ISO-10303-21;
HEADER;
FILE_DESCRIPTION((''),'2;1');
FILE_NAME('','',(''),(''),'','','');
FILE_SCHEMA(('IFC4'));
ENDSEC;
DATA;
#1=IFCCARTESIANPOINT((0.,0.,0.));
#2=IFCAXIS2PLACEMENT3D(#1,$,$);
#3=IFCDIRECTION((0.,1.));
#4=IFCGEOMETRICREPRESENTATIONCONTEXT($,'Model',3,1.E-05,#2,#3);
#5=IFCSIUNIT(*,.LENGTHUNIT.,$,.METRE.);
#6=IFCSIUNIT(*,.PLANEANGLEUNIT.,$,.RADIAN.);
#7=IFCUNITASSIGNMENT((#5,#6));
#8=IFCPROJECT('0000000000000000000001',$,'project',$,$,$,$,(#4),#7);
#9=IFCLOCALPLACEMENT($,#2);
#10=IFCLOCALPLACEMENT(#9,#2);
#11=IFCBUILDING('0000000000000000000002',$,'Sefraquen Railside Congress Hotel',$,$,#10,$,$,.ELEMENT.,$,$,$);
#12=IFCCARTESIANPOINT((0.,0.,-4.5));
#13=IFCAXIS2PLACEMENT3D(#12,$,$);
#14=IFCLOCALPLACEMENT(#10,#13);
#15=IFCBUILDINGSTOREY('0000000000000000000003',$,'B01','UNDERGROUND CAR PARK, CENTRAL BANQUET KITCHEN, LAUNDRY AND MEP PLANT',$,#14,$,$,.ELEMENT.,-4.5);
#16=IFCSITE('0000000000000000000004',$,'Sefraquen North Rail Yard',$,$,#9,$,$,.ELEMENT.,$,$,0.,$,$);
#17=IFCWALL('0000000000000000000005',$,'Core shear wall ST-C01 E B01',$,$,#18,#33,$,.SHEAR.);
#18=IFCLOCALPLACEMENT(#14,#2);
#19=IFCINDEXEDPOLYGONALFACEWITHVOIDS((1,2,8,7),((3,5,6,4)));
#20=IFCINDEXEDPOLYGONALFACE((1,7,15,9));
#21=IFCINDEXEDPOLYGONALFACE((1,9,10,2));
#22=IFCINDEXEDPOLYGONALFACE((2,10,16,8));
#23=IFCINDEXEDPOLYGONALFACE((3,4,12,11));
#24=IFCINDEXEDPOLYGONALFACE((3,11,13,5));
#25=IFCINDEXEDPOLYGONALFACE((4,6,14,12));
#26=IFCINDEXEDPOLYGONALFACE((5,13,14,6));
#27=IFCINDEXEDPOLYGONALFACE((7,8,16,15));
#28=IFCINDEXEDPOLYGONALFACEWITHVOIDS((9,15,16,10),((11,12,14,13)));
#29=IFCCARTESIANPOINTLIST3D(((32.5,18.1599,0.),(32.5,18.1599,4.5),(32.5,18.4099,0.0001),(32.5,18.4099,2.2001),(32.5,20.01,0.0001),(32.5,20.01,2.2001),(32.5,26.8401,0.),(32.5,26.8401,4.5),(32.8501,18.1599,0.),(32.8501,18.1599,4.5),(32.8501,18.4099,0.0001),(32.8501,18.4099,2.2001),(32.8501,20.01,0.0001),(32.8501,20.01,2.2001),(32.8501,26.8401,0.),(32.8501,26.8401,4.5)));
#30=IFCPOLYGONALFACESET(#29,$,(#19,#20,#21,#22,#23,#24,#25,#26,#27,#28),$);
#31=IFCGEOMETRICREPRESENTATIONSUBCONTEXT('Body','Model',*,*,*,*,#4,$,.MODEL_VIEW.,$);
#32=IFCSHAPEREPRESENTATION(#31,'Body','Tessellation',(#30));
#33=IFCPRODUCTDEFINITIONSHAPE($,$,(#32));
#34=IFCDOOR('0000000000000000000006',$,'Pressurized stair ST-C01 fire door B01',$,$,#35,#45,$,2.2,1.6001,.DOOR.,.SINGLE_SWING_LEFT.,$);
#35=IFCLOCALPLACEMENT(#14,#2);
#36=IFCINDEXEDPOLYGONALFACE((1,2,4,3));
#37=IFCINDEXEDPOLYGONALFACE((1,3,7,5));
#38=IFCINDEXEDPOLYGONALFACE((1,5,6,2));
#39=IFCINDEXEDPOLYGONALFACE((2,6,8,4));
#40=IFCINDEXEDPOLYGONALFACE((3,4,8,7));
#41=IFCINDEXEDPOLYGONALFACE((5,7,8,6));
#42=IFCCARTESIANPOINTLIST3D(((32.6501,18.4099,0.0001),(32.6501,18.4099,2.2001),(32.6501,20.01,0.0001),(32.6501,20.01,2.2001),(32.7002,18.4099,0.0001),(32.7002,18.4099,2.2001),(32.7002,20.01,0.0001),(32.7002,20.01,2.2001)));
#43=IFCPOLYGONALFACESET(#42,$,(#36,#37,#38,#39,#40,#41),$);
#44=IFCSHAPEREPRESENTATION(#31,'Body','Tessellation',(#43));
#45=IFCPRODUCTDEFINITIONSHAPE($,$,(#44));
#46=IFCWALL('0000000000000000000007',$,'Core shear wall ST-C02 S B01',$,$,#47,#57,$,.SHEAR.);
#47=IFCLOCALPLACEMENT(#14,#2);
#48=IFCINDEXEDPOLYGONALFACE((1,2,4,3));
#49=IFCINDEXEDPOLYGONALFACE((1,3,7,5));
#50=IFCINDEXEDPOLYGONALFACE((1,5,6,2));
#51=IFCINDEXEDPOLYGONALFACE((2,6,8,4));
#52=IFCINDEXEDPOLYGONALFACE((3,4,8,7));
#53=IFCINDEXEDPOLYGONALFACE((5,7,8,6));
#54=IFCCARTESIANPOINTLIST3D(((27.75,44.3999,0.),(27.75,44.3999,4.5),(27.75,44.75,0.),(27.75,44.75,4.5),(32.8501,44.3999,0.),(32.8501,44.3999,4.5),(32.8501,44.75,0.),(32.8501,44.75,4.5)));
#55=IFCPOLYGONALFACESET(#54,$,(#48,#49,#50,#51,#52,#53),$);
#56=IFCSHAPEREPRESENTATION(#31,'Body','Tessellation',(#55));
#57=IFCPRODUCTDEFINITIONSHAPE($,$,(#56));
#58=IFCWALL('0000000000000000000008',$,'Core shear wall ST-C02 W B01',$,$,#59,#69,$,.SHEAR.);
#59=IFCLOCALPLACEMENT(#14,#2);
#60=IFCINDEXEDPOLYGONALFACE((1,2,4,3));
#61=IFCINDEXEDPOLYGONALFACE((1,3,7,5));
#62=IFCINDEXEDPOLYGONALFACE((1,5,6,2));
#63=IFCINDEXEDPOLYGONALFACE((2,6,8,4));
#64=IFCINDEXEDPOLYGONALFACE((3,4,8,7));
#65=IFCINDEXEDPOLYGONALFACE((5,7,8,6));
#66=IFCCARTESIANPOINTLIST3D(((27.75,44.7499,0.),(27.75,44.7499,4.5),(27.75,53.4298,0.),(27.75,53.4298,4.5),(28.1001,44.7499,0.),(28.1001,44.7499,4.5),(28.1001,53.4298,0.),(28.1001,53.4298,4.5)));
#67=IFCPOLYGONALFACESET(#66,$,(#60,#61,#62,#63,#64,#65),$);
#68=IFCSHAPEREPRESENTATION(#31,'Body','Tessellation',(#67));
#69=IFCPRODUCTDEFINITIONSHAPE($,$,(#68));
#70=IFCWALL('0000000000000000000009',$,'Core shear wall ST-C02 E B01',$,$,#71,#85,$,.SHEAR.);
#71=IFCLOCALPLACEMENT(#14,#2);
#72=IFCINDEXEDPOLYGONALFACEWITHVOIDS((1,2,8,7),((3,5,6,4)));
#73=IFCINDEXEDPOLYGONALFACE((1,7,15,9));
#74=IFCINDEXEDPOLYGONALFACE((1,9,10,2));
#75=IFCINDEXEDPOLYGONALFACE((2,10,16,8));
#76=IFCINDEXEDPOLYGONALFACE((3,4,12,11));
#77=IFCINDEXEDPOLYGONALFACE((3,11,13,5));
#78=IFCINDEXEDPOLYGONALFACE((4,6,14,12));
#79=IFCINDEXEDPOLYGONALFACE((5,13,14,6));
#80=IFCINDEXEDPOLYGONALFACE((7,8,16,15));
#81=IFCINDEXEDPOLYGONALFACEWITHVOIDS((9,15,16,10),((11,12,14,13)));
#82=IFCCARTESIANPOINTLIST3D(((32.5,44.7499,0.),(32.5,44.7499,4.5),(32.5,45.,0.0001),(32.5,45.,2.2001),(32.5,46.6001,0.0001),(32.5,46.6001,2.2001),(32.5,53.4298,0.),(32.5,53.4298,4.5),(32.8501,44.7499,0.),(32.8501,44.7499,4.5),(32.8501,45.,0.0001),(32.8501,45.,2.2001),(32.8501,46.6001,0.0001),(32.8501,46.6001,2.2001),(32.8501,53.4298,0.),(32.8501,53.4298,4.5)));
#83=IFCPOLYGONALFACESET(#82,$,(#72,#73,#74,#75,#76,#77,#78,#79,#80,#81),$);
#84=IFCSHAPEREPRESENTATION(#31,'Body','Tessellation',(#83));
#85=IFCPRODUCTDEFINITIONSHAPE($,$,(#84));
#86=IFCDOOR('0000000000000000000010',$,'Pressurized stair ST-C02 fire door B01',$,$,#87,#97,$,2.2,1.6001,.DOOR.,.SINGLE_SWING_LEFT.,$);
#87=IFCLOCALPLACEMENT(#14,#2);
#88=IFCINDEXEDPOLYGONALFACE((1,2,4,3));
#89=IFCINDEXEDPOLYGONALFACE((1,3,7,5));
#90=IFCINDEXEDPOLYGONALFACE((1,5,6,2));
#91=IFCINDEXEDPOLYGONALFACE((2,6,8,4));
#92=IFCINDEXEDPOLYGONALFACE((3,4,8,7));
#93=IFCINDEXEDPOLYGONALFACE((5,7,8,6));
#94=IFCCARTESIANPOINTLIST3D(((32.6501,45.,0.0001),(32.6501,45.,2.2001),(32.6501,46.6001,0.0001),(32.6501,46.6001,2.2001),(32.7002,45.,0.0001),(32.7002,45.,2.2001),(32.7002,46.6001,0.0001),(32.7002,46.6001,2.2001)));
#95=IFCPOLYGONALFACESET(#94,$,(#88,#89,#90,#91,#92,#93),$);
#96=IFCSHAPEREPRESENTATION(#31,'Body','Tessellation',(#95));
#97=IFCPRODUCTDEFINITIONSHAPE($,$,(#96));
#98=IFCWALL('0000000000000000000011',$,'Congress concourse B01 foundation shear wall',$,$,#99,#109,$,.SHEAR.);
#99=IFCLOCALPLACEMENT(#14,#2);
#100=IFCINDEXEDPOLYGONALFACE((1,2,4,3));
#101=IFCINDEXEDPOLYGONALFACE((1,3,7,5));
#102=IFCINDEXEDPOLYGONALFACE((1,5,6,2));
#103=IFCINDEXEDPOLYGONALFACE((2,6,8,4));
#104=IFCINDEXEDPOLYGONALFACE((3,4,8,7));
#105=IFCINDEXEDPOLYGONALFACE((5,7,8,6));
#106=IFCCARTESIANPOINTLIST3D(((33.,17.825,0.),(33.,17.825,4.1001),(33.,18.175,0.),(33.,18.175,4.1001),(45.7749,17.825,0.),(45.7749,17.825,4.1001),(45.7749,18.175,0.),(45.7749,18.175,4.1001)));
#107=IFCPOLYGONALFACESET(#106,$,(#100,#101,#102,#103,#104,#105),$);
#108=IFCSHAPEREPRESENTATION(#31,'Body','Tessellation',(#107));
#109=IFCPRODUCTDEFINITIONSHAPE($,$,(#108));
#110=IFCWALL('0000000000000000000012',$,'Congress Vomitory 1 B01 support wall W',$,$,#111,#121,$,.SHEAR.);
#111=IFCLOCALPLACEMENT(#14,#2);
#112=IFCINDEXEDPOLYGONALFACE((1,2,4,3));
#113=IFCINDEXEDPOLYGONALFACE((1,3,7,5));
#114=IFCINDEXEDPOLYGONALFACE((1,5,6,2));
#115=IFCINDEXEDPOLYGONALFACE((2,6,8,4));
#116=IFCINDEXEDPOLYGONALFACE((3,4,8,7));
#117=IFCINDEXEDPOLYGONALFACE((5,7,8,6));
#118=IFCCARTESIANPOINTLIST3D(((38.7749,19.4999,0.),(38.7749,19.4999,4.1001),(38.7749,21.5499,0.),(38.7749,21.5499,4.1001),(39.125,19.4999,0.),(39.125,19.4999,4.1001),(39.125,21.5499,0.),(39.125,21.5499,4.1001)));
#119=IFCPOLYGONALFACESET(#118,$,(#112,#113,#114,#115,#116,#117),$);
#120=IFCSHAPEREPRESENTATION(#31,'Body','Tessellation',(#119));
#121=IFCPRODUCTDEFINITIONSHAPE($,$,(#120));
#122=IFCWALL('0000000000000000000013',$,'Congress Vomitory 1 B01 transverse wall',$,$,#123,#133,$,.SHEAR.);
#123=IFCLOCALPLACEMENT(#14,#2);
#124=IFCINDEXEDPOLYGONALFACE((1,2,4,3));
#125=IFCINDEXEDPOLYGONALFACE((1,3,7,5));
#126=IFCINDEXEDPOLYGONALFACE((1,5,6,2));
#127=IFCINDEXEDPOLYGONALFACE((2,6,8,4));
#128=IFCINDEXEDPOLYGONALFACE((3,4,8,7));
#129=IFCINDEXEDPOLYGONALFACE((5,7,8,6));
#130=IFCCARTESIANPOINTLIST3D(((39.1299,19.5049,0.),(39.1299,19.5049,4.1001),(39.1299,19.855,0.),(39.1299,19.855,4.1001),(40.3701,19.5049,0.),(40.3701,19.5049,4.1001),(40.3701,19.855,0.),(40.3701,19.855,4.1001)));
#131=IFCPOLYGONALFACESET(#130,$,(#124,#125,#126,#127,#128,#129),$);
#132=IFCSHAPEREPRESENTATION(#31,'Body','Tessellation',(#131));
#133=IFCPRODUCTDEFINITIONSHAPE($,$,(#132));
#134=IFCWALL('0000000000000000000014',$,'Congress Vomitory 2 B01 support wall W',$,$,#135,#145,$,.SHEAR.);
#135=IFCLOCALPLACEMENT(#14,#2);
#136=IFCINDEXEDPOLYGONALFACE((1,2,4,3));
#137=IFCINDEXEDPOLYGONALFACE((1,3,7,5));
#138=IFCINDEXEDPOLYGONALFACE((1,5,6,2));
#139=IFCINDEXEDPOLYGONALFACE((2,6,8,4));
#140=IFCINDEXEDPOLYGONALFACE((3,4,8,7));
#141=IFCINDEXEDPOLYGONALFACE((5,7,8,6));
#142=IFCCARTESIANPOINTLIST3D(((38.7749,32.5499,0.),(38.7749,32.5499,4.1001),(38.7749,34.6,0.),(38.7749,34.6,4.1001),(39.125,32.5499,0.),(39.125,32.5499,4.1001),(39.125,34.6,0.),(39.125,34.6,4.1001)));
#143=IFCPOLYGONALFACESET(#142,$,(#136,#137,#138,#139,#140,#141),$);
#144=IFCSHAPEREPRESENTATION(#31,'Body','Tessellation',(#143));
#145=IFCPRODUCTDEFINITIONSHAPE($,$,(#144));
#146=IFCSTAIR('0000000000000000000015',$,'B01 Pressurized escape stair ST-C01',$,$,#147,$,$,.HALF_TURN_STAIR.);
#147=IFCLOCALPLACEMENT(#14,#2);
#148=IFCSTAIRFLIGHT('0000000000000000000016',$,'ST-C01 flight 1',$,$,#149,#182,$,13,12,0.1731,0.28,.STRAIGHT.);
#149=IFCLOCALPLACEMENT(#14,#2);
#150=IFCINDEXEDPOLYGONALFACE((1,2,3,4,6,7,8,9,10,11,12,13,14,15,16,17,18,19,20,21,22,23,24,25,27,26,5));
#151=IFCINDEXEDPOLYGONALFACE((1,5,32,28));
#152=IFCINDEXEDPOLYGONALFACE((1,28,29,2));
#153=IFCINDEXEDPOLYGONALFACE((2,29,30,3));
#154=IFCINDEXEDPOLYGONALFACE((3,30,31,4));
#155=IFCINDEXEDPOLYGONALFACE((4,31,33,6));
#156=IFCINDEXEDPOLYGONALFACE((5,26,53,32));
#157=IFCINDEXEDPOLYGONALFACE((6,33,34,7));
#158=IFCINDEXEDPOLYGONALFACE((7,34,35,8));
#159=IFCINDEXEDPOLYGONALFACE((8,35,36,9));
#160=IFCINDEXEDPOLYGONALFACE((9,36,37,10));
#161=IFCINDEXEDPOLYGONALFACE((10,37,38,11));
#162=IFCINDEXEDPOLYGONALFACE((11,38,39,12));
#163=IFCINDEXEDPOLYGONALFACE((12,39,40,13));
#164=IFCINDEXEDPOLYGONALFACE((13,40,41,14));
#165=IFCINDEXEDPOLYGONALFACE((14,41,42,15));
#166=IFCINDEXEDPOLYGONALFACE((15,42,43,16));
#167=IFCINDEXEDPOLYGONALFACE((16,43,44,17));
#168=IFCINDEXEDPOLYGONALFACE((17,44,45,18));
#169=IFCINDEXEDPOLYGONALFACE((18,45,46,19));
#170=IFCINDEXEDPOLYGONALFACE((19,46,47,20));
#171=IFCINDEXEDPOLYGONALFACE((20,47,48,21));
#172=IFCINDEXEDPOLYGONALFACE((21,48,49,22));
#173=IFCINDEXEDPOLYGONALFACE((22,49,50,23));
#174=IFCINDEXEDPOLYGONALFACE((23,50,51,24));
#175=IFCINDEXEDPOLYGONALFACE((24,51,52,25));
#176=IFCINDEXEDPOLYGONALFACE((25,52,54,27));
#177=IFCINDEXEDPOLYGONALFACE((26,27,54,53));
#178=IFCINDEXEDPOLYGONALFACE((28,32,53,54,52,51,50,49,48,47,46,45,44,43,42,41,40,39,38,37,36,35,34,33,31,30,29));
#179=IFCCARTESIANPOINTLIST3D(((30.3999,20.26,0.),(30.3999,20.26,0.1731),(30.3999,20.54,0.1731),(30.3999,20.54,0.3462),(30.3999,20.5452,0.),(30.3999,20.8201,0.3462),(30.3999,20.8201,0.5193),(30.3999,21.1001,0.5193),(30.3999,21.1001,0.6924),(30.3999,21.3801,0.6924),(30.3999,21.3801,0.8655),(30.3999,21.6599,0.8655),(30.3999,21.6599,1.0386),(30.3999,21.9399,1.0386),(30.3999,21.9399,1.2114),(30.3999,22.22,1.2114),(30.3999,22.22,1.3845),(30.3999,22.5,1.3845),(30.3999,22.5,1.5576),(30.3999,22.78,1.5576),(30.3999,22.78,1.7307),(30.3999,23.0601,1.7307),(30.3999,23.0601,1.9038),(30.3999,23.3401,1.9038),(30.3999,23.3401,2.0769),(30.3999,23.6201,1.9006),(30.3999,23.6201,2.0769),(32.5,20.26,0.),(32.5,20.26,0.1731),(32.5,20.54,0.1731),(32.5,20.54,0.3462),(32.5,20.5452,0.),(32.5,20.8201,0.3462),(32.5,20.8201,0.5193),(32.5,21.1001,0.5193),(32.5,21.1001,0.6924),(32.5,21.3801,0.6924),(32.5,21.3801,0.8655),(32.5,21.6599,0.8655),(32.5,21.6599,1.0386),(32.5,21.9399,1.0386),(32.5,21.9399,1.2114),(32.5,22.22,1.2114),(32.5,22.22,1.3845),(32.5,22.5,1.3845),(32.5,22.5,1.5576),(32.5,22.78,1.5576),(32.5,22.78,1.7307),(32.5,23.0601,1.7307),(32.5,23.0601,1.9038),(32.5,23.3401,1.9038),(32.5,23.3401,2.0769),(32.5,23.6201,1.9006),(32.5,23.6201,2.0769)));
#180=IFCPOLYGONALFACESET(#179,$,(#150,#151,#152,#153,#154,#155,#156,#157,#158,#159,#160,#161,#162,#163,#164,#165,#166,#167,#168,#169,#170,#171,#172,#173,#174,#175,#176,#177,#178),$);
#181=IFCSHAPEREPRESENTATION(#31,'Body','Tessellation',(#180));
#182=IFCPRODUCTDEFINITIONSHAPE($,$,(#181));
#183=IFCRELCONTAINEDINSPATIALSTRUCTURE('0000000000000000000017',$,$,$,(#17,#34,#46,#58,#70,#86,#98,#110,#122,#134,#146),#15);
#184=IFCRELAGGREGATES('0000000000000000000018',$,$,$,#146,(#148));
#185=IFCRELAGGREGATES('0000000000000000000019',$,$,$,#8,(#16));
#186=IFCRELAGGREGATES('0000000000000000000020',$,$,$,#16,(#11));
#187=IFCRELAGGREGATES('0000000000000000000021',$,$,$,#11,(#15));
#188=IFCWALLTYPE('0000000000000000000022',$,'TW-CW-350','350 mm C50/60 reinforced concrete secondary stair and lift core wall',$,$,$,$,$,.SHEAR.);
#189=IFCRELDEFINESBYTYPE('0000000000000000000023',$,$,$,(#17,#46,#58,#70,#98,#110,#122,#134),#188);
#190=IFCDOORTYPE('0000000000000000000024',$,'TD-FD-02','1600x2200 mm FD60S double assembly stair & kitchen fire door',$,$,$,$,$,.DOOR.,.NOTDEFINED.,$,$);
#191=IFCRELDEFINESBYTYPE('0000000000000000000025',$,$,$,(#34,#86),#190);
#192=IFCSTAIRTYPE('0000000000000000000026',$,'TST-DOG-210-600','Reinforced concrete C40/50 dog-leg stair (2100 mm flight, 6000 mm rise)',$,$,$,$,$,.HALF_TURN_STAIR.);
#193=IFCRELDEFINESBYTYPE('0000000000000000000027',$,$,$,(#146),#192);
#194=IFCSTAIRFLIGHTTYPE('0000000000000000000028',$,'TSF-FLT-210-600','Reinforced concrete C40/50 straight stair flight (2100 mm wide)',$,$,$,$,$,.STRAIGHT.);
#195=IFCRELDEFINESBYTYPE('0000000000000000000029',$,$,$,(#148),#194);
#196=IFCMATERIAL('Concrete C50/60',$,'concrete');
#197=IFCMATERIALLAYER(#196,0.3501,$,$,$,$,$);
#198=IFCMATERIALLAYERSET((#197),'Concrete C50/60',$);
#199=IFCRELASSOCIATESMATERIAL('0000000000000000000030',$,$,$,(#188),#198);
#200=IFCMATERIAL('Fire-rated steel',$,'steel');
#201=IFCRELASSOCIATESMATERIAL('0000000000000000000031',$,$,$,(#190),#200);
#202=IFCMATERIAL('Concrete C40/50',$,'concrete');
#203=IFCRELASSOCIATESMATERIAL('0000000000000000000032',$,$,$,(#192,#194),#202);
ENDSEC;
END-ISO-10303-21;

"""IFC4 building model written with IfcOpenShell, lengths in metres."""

from ifc_helpers import new_model, si_unit, direction, frame, frame_2d, origin, place, context, subcontext, project, spatial, polyline, rectangle, outline, extrude, material, layer, layer_set, type_object, element, fill, aggregate, save


model = new_model("IFC4")

# Units and contexts
model_context = context("Model", 3, precision=1e-05, world=origin(), true_north=direction((0.0, 1.0)))
body_context = subcontext(model_context, "Body", "Model", "MODEL_VIEW")
ifc_project = project(units=[si_unit("LENGTHUNIT", "METRE"), si_unit("PLANEANGLEUNIT", "RADIAN")], contexts=[model_context])

# Site, building, storey
site_placement = place(None, origin())
site = spatial("IfcSite", under=ifc_project, at=site_placement, Name="Sefraquen North Rail Yard", CompositionType="ELEMENT", RefElevation=0.0)
building_placement = place(site_placement, origin())
building = spatial("IfcBuilding", under=site, at=building_placement, Name="Sefraquen Railside Congress Hotel", CompositionType="ELEMENT")
storey_placement = place(building_placement, frame((0.0, 0.0, -4.5)))
storey = spatial("IfcBuildingStorey", under=building, at=storey_placement, Name="B01", Description="UNDERGROUND CAR PARK, CENTRAL BANQUET KITCHEN, LAUNDRY AND MEP PLANT", CompositionType="ELEMENT", Elevation=-4.5)

# Shared definitions
ifc_material_1 = material(Name="Concrete C50/60", Category="concrete")

# Shared definitions
ifc_layer = layer(ifc_material_1, 0.3501)
ifc_layer_set = layer_set([ifc_layer], Name="Concrete C50/60")
wall_type = type_object("IfcWallType", Name="TW-CW-350", Description="350 mm C50/60 reinforced concrete secondary stair and lift core wall", PredefinedType="SHEAR", material=ifc_layer_set)

# Wall, opening, door
wall_1_placement = place(storey_placement, frame((32.675, 18.1599, 0.0), z_axis=(0.0, 0.0, 1.0), x_axis=(0.0, 1.0, 0.0)))
wall_1 = element("IfcWall", 1, at=wall_1_placement, inside=storey, type_object=wall_type, Name="Core shear wall ST-C01 E B01", PredefinedType="SHEAR", context=body_context, shape_type="SweptSolid", body=[
    extrude(rectangle(XDim=8.6802, YDim=0.3501, at=frame_2d((4.3401, 0.0))), origin(), (0.0, 0.0, 1.0), 4.5),
])
opening_1_placement = place(wall_1_placement, frame((0.25, 0.0, 0.0)))
opening_1 = element("IfcOpeningElement", 2, at=opening_1_placement, cuts=wall_1, PredefinedType="OPENING", context=body_context, shape_type="SweptSolid", body=[
    extrude(rectangle(XDim=1.6001, YDim=2.2, at=frame_2d((0.8, 1.1001))), frame((0.0, 0.1851, 0.0), z_axis=(0.0, -1.0, 0.0), x_axis=(1.0, 0.0, 0.0)), (0.0, 0.0, 1.0), 0.3701),
])
ifc_material_2 = material(Name="Fire-rated steel", Category="steel")
door_type = type_object("IfcDoorType", Name="TD-FD-02", Description="1600x2200 mm FD60S double assembly stair & kitchen fire door", OperationType="NOTDEFINED", PredefinedType="DOOR", material=ifc_material_2)
door_1_placement = place(opening_1_placement, origin())
door_1 = element("IfcDoor", 3, at=door_1_placement, inside=storey, type_object=door_type, Name="Pressurized stair ST-C01 fire door B01", OperationType="SINGLE_SWING_LEFT", OverallHeight=2.2, OverallWidth=1.6001, PredefinedType="DOOR", context=body_context, shape_type="SweptSolid", body=[
    extrude(rectangle(XDim=1.6001, YDim=2.2, at=frame_2d((0.8, 1.1001))), frame((0.0, 0.0249, 0.0), z_axis=(0.0, -1.0, 0.0), x_axis=(1.0, 0.0, 0.0)), (0.0, 0.0, 1.0), 0.05),
])
fill(opening_1, door_1)

# Walls
wall_2_placement = place(storey_placement, frame((27.75, 44.575, 0.0), z_axis=(0.0, 0.0, 1.0), x_axis=(1.0, 0.0, 0.0)))
element("IfcWall", 4, at=wall_2_placement, inside=storey, type_object=wall_type, Name="Core shear wall ST-C02 S B01", PredefinedType="SHEAR", context=body_context, shape_type="SweptSolid", body=[
    extrude(rectangle(XDim=5.1001, YDim=0.3501, at=frame_2d((2.55, 0.0))), origin(), (0.0, 0.0, 1.0), 4.5),
])
wall_3_placement = place(storey_placement, frame((27.925, 44.75, 0.0), z_axis=(0.0, 0.0, 1.0), x_axis=(0.0, 1.0, 0.0)))
element("IfcWall", 5, at=wall_3_placement, inside=storey, type_object=wall_type, Name="Core shear wall ST-C02 W B01", PredefinedType="SHEAR", context=body_context, shape_type="SweptSolid", body=[
    extrude(rectangle(XDim=8.6799, YDim=0.3501, at=frame_2d((4.3398, 0.0))), origin(), (0.0, 0.0, 1.0), 4.5),
])

# Wall, opening, door
wall_4_placement = place(storey_placement, frame((32.675, 44.75, 0.0), z_axis=(0.0, 0.0, 1.0), x_axis=(0.0, 1.0, 0.0)))
wall_4 = element("IfcWall", 6, at=wall_4_placement, inside=storey, type_object=wall_type, Name="Core shear wall ST-C02 E B01", PredefinedType="SHEAR", context=body_context, shape_type="SweptSolid", body=[
    extrude(rectangle(XDim=8.6799, YDim=0.3501, at=frame_2d((4.3398, 0.0))), origin(), (0.0, 0.0, 1.0), 4.5),
])
opening_2_placement = place(wall_4_placement, frame((0.25, 0.0, 0.0)))
opening_2 = element("IfcOpeningElement", 7, at=opening_2_placement, cuts=wall_4, PredefinedType="OPENING", context=body_context, shape_type="SweptSolid", body=[
    extrude(rectangle(XDim=1.6001, YDim=2.2, at=frame_2d((0.8, 1.1001))), frame((0.0, 0.1851, 0.0), z_axis=(0.0, -1.0, 0.0), x_axis=(1.0, 0.0, 0.0)), (0.0, 0.0, 1.0), 0.3701),
])
door_2_placement = place(opening_2_placement, origin())
door_2 = element("IfcDoor", 8, at=door_2_placement, inside=storey, type_object=door_type, Name="Pressurized stair ST-C02 fire door B01", OperationType="SINGLE_SWING_LEFT", OverallHeight=2.2, OverallWidth=1.6001, PredefinedType="DOOR", context=body_context, shape_type="SweptSolid", body=[
    extrude(rectangle(XDim=1.6001, YDim=2.2, at=frame_2d((0.8, 1.1001))), frame((0.0, 0.0249, 0.0), z_axis=(0.0, -1.0, 0.0), x_axis=(1.0, 0.0, 0.0)), (0.0, 0.0, 1.0), 0.05),
])
fill(opening_2, door_2)

# Walls
wall_5_placement = place(storey_placement, frame((33.0, 18.0, 0.0), z_axis=(0.0, 0.0, 1.0), x_axis=(1.0, 0.0, 0.0)))
element("IfcWall", 9, at=wall_5_placement, inside=storey, type_object=wall_type, Name="Congress concourse B01 foundation shear wall", PredefinedType="SHEAR", context=body_context, shape_type="SweptSolid", body=[
    extrude(rectangle(XDim=12.7749, YDim=0.3501, at=frame_2d((6.3875, 0.0))), origin(), (0.0, 0.0, 1.0), 4.1001),
])
wall_6_placement = place(storey_placement, frame((38.95, 19.5, 0.0), z_axis=(0.0, 0.0, 1.0), x_axis=(0.0, 1.0, 0.0)))
element("IfcWall", 10, at=wall_6_placement, inside=storey, type_object=wall_type, Name="Congress Vomitory 1 B01 support wall W", PredefinedType="SHEAR", context=body_context, shape_type="SweptSolid", body=[
    extrude(rectangle(XDim=2.05, YDim=0.3501, at=frame_2d((1.0249, 0.0))), origin(), (0.0, 0.0, 1.0), 4.1001),
])
wall_7_placement = place(storey_placement, frame((39.1299, 19.6799, 0.0), z_axis=(0.0, 0.0, 1.0), x_axis=(1.0, 0.0, 0.0)))
element("IfcWall", 11, at=wall_7_placement, inside=storey, type_object=wall_type, Name="Congress Vomitory 1 B01 transverse wall", PredefinedType="SHEAR", context=body_context, shape_type="SweptSolid", body=[
    extrude(rectangle(XDim=1.2402, YDim=0.3501, at=frame_2d((0.6201, 0.0))), origin(), (0.0, 0.0, 1.0), 4.1001),
])
wall_8_placement = place(storey_placement, frame((38.95, 32.55, 0.0), z_axis=(0.0, 0.0, 1.0), x_axis=(0.0, 1.0, 0.0)))
element("IfcWall", 12, at=wall_8_placement, inside=storey, type_object=wall_type, Name="Congress Vomitory 2 B01 support wall W", PredefinedType="SHEAR", context=body_context, shape_type="SweptSolid", body=[
    extrude(rectangle(XDim=2.05, YDim=0.3501, at=frame_2d((1.0249, 0.0))), origin(), (0.0, 0.0, 1.0), 4.1001),
])

# Stair, stair flight
ifc_material_3 = material(Name="Concrete C40/50", Category="concrete")
stair_type = type_object("IfcStairType", Name="TST-DOG-210-600", Description="Reinforced concrete C40/50 dog-leg stair (2100 mm flight, 6000 mm rise)", PredefinedType="HALF_TURN_STAIR", material=ifc_material_3)
stair_placement = place(storey_placement, origin())
stair = element("IfcStair", 13, at=stair_placement, inside=storey, type_object=stair_type, Name="B01 Pressurized escape stair ST-C01", PredefinedType="HALF_TURN_STAIR")
stair_flight_type = type_object("IfcStairFlightType", Name="TSF-FLT-210-600", Description="Reinforced concrete C40/50 straight stair flight (2100 mm wide)", PredefinedType="STRAIGHT", material=ifc_material_3)
stair_flight_1_placement = place(storey_placement, frame((31.45, 20.26, 0.0), z_axis=(0.0, 0.0, 1.0), x_axis=(0.0, 1.0, 0.0)))
stair_flight_1 = element("IfcStairFlight", 14, at=stair_flight_1_placement, type_object=stair_flight_type, Name="ST-C01 flight 1", NumberOfRisers=13, NumberOfTreads=12, PredefinedType="STRAIGHT", RiserHeight=0.1731, TreadLength=0.28, context=body_context, shape_type="SweptSolid", body=[
    extrude(outline(polyline([(0.0, 0.0), (0.0, 0.1731), (0.28, 0.1731), (0.28, 0.3462), (0.5601, 0.3462), (0.5601, 0.5193), (0.8401, 0.5193), (0.8401, 0.6924), (1.1201, 0.6924), (1.1201, 0.8655), (1.3999, 0.8655), (1.3999, 1.0386), (1.6799, 1.0386), (1.6799, 1.2114), (1.96, 1.2114), (1.96, 1.3845), (2.24, 1.3845), (2.24, 1.5576), (2.52, 1.5576), (2.52, 1.7307), (2.8, 1.7307), (2.8, 1.9038), (3.0801, 1.9038), (3.0801, 2.0769), (3.3601, 2.0769), (3.3601, 2.25), (3.3601, 1.9006), (0.2852, 0.0), (0.0, 0.0)])), frame((0.0, 1.05, 0.0), z_axis=(0.0, -1.0, 0.0), x_axis=(1.0, 0.0, 0.0)), (0.0, 0.0, 1.0), 2.1001),
])
aggregate(stair, [stair_flight_1])

save(model, "model.ifc")
